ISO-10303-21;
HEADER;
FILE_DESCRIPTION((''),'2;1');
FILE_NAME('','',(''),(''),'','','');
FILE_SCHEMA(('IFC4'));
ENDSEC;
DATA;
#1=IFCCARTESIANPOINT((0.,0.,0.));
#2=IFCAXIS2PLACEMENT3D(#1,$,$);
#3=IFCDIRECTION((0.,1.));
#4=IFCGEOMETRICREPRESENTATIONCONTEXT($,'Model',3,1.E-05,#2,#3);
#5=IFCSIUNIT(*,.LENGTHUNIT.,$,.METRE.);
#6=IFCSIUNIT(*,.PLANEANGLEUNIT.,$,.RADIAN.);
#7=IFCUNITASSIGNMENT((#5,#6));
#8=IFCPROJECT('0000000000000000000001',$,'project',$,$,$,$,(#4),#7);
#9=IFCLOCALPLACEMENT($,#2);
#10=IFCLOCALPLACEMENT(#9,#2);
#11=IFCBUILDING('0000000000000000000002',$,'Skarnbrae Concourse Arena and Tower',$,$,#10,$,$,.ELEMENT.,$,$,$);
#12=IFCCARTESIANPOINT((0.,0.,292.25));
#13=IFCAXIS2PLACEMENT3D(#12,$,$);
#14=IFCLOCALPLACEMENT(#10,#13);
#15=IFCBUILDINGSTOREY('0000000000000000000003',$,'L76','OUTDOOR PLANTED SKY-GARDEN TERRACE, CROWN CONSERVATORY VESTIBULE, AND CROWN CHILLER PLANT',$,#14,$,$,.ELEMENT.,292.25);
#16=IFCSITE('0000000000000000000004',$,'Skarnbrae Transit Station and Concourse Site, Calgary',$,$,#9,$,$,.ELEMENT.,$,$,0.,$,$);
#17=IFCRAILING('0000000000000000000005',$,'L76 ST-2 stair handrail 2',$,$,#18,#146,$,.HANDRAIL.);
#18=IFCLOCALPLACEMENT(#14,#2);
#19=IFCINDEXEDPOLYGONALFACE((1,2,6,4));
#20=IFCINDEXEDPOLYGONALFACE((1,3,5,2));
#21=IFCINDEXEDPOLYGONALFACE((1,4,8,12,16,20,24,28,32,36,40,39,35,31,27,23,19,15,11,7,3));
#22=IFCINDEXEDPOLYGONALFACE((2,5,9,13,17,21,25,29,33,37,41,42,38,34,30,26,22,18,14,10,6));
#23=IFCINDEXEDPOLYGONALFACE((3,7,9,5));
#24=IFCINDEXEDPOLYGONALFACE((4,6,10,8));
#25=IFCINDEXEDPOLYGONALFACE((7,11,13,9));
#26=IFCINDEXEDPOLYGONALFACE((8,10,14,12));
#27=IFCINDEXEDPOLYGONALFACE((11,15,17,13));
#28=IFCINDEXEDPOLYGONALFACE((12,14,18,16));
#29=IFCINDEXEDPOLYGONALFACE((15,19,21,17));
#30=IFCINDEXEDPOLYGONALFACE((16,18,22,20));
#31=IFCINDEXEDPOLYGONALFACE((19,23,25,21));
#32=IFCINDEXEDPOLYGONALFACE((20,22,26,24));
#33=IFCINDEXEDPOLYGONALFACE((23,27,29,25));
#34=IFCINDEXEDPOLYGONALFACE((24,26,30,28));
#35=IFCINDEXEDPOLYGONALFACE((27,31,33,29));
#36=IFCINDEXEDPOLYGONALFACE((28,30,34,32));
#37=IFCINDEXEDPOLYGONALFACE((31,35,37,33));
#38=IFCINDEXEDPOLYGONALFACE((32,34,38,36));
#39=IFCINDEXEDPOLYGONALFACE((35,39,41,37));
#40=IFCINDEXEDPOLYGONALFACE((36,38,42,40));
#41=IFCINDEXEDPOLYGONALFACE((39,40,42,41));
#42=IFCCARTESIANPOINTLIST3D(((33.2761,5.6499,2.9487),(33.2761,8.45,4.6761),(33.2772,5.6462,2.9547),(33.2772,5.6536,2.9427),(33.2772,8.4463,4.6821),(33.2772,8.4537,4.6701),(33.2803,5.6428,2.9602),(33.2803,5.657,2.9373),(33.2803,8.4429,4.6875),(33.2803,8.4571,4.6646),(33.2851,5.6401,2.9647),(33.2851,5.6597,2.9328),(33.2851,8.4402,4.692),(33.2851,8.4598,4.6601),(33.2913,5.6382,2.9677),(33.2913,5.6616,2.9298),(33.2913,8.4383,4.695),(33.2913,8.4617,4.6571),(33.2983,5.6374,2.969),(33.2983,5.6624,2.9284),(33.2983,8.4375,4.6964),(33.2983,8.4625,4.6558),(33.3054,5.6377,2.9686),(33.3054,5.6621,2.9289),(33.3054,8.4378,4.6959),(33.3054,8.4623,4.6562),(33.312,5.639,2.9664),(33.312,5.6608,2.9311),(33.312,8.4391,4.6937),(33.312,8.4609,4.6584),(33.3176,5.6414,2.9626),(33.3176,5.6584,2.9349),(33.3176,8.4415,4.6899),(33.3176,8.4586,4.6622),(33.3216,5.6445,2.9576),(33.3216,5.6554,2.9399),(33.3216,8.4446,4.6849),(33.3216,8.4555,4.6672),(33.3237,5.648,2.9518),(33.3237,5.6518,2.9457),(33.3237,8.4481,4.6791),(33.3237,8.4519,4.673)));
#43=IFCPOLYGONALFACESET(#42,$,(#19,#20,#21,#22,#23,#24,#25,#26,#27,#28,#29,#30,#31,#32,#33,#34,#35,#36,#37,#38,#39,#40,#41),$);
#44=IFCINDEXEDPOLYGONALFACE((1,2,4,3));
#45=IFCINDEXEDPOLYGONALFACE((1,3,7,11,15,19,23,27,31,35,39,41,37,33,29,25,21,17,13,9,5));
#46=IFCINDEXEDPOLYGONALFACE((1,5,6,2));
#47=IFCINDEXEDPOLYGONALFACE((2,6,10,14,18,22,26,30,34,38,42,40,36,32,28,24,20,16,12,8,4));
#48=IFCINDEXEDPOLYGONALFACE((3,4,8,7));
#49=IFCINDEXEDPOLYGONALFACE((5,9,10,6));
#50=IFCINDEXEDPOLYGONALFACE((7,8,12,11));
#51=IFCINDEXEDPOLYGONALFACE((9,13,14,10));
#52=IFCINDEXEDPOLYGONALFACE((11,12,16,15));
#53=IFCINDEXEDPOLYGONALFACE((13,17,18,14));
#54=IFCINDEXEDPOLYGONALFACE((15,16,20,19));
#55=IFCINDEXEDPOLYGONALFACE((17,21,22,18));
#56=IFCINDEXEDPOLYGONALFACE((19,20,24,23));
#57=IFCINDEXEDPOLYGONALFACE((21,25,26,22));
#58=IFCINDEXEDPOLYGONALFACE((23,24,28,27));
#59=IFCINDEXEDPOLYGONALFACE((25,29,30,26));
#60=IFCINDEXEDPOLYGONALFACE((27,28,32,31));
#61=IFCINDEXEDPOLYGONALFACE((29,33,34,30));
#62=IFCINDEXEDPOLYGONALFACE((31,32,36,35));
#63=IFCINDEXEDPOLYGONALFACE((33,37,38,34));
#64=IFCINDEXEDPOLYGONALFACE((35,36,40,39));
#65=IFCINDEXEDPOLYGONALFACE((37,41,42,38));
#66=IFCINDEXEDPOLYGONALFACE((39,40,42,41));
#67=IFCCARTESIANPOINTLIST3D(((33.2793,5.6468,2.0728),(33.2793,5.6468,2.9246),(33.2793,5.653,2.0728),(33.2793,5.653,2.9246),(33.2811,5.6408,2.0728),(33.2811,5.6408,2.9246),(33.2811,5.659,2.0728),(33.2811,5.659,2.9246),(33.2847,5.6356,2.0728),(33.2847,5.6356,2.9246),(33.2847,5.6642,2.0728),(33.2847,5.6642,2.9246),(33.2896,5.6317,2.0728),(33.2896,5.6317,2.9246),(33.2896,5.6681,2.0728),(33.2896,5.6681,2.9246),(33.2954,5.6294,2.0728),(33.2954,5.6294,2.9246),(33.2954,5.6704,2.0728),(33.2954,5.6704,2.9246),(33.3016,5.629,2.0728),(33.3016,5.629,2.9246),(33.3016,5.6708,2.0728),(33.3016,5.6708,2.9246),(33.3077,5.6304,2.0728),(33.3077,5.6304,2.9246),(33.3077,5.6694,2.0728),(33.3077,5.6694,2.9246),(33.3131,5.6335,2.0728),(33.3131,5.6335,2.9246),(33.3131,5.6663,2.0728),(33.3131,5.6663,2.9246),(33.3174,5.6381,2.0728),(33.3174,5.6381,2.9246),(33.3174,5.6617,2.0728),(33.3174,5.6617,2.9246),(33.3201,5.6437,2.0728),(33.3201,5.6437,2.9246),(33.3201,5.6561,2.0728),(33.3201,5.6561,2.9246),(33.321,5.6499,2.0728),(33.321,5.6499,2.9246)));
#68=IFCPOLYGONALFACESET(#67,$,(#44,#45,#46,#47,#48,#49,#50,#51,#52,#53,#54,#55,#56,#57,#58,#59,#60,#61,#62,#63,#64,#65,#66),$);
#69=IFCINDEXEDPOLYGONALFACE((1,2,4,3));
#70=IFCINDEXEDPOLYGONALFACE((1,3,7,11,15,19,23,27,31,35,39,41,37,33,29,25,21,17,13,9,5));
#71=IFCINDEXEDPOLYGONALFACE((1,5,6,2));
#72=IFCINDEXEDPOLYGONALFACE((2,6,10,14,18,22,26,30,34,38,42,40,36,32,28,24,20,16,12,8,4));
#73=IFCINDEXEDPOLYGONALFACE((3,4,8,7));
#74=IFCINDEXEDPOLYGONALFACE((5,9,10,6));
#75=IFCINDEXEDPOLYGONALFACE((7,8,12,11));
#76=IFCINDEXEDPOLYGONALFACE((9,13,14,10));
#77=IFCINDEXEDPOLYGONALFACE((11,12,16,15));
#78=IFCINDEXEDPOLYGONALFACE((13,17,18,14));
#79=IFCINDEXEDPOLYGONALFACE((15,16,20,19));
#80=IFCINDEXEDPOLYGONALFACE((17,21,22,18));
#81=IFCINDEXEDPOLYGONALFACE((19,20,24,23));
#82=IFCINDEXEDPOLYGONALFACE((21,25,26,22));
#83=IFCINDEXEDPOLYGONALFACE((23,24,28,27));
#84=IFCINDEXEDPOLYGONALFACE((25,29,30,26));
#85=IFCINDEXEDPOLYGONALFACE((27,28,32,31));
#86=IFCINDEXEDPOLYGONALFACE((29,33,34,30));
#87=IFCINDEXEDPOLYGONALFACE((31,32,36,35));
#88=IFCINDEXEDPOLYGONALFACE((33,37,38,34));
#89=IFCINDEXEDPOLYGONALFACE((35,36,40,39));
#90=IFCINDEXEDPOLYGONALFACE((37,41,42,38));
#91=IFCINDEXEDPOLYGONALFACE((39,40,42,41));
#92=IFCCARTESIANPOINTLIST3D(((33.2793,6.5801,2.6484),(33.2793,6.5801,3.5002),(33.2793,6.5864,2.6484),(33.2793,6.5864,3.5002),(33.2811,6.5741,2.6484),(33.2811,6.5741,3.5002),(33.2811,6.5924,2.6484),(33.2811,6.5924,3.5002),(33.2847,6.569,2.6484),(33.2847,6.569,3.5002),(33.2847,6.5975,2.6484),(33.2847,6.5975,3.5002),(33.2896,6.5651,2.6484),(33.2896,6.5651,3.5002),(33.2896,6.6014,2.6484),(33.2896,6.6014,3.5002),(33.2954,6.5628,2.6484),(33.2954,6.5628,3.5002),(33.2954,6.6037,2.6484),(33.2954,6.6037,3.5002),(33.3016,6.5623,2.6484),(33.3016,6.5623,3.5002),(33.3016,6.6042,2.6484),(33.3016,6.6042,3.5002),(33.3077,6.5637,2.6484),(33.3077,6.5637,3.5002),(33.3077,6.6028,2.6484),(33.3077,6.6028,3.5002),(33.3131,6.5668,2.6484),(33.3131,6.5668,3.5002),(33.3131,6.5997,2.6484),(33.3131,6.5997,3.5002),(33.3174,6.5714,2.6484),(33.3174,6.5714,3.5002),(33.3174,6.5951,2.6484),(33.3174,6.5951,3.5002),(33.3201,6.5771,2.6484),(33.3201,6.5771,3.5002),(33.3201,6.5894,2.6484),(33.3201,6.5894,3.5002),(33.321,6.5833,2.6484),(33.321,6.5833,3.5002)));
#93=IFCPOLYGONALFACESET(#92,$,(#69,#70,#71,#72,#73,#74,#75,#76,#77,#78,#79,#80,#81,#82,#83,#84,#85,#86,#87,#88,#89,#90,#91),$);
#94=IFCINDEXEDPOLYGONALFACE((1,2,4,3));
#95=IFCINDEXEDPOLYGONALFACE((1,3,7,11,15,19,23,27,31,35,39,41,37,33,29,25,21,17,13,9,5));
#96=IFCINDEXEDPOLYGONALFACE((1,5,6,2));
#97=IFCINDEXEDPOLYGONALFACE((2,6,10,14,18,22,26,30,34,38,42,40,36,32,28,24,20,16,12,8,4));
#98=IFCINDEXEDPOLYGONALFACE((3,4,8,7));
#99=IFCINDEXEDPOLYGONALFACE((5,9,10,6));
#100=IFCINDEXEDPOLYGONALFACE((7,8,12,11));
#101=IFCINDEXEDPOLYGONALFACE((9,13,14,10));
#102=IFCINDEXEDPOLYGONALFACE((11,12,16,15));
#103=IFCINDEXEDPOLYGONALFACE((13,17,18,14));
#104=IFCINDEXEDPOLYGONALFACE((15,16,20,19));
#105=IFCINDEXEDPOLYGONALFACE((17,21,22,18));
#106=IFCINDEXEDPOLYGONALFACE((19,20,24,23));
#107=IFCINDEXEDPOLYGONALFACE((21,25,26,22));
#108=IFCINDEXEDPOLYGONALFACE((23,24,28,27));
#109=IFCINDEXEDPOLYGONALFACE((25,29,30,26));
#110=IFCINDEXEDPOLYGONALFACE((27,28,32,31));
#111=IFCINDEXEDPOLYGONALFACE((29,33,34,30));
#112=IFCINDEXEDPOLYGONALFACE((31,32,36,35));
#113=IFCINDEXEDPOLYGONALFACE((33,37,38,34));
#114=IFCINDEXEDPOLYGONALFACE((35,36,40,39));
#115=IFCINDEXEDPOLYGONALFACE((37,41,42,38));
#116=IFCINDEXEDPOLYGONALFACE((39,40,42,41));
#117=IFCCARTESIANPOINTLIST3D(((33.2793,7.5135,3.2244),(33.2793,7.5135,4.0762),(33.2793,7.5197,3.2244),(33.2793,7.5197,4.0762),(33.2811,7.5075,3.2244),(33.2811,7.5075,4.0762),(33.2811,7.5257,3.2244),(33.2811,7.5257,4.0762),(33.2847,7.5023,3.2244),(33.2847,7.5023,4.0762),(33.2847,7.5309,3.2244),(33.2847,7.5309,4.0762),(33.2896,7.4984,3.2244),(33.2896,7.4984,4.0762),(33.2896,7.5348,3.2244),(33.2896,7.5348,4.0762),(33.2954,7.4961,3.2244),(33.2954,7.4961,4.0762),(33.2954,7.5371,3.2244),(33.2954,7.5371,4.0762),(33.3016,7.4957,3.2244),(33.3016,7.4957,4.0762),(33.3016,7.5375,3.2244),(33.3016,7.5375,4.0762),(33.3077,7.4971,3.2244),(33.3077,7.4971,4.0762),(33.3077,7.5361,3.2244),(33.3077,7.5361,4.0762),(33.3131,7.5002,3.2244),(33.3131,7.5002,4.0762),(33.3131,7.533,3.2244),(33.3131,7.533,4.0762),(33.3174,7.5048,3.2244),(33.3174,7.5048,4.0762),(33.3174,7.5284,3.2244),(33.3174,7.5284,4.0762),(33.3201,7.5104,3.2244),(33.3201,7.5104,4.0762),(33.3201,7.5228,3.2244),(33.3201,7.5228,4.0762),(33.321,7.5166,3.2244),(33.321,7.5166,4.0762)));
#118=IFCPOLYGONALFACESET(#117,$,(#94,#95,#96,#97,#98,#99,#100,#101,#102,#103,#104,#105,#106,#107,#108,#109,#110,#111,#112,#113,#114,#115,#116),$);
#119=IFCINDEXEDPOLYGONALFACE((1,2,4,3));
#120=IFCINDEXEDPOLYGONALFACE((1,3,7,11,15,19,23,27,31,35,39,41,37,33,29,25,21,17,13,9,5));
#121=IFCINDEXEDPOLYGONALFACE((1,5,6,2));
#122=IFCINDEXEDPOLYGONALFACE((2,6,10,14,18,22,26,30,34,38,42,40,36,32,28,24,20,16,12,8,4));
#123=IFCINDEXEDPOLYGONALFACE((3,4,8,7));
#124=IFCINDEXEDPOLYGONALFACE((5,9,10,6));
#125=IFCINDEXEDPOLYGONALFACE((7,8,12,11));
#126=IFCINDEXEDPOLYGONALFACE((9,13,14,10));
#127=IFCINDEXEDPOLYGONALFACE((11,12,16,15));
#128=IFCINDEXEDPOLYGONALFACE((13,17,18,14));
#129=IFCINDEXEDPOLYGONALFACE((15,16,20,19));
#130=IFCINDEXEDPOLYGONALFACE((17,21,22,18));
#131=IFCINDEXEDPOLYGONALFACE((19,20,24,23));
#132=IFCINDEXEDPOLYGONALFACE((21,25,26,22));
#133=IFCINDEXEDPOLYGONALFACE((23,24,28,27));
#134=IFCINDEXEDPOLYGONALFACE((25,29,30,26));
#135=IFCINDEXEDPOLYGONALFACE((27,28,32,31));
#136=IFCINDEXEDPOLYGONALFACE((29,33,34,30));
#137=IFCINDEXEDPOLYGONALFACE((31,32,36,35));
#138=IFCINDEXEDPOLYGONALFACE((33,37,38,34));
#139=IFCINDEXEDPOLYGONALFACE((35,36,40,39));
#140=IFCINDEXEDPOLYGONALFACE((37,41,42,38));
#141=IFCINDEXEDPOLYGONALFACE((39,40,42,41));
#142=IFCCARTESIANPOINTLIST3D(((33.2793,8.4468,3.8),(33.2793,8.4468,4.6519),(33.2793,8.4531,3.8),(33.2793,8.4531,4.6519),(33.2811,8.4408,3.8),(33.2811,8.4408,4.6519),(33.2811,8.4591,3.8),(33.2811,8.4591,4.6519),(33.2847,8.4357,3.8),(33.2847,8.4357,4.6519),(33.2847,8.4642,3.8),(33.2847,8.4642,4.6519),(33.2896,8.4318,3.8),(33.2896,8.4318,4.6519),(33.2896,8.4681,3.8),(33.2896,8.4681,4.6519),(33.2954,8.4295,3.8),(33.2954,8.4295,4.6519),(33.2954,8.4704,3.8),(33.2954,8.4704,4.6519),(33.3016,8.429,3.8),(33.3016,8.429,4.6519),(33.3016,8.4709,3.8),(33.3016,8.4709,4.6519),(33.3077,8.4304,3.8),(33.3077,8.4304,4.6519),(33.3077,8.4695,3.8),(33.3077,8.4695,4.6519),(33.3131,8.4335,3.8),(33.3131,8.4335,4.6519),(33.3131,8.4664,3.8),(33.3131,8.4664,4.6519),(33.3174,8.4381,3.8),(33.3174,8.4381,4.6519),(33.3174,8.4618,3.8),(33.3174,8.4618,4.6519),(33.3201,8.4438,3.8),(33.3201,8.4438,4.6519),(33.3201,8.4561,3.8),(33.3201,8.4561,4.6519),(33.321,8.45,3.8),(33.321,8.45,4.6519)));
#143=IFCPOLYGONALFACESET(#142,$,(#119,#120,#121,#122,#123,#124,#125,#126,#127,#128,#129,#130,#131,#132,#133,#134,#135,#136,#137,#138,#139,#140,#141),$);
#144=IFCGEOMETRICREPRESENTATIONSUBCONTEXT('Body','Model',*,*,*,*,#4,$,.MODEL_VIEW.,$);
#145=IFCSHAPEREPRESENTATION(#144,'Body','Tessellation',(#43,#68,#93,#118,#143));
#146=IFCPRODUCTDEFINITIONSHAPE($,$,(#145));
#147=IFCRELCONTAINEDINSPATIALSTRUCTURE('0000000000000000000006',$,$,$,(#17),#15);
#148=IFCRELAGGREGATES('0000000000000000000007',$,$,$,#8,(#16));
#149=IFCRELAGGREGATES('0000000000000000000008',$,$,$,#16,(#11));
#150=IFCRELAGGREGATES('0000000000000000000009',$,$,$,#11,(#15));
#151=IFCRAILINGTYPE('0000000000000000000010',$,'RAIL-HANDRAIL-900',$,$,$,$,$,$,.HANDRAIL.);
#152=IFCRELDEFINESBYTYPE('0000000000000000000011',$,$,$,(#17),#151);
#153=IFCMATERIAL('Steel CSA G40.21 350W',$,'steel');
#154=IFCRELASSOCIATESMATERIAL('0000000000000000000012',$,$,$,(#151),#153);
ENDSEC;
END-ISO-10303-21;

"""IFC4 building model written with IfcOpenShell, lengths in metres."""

from ifc_helpers import new_model, si_unit, direction, frame, origin, origin_2d, place, context, subcontext, project, spatial, circle, extrude, material, type_object, element, save


model = new_model("IFC4")

# Units and contexts
model_context = context("Model", 3, precision=1e-05, world=origin(), true_north=direction((0.0, 1.0)))
body_context = subcontext(model_context, "Body", "Model", "MODEL_VIEW")
ifc_project = project(units=[si_unit("LENGTHUNIT", "METRE"), si_unit("PLANEANGLEUNIT", "RADIAN")], contexts=[model_context])

# Site, building, storey
site_placement = place(None, origin())
site = spatial("IfcSite", under=ifc_project, at=site_placement, Name="Skarnbrae Transit Station and Concourse Site, Calgary", CompositionType="ELEMENT", RefElevation=0.0)
building_placement = place(site_placement, origin())
building = spatial("IfcBuilding", under=site, at=building_placement, Name="Skarnbrae Concourse Arena and Tower", CompositionType="ELEMENT")
storey_placement = place(building_placement, frame((0.0, 0.0, 292.25)))
storey = spatial("IfcBuildingStorey", under=building, at=storey_placement, Name="L76", Description="OUTDOOR PLANTED SKY-GARDEN TERRACE, CROWN CONSERVATORY VESTIBULE, AND CROWN CHILLER PLANT", CompositionType="ELEMENT", Elevation=292.25)

# Shared definitions
ifc_material_1 = material(Name="Steel CSA G40.21 350W", Category="steel")

# Railing
railing_type_1 = type_object("IfcRailingType", Name="RAIL-HANDRAIL-900", PredefinedType="HANDRAIL", material=ifc_material_1)
railing_1_placement = place(storey_placement, frame((33.3, 5.6499, 2.0728)))
element("IfcRailing", 1, at=railing_1_placement, inside=storey, type_object=railing_type_1, Name="L76 ST-2 stair handrail 2", PredefinedType="HANDRAIL", context=body_context, shape_type="SweptSolid", body=[
    extrude(circle(Radius=0.0239, at=origin_2d()), frame((0.0, 0.0, 0.876), z_axis=(0.0, 0.85109, 0.52502), x_axis=(-1.0, 0.0, 0.0)), (0.0, 0.0, 1.0), 3.29),
    extrude(circle(Radius=0.021, at=origin_2d()), origin(), (0.0, 0.0, 1.0), 0.8518),
    extrude(circle(Radius=0.021, at=origin_2d()), frame((0.0, 0.9333, 0.5757)), (0.0, 0.0, 1.0), 0.8518),
    extrude(circle(Radius=0.021, at=origin_2d()), frame((0.0, 1.8667, 1.1516)), (0.0, 0.0, 1.0), 0.8518),
    extrude(circle(Radius=0.021, at=origin_2d()), frame((0.0, 2.8, 1.7273)), (0.0, 0.0, 1.0), 0.8518),
])

save(model, "model.ifc")
